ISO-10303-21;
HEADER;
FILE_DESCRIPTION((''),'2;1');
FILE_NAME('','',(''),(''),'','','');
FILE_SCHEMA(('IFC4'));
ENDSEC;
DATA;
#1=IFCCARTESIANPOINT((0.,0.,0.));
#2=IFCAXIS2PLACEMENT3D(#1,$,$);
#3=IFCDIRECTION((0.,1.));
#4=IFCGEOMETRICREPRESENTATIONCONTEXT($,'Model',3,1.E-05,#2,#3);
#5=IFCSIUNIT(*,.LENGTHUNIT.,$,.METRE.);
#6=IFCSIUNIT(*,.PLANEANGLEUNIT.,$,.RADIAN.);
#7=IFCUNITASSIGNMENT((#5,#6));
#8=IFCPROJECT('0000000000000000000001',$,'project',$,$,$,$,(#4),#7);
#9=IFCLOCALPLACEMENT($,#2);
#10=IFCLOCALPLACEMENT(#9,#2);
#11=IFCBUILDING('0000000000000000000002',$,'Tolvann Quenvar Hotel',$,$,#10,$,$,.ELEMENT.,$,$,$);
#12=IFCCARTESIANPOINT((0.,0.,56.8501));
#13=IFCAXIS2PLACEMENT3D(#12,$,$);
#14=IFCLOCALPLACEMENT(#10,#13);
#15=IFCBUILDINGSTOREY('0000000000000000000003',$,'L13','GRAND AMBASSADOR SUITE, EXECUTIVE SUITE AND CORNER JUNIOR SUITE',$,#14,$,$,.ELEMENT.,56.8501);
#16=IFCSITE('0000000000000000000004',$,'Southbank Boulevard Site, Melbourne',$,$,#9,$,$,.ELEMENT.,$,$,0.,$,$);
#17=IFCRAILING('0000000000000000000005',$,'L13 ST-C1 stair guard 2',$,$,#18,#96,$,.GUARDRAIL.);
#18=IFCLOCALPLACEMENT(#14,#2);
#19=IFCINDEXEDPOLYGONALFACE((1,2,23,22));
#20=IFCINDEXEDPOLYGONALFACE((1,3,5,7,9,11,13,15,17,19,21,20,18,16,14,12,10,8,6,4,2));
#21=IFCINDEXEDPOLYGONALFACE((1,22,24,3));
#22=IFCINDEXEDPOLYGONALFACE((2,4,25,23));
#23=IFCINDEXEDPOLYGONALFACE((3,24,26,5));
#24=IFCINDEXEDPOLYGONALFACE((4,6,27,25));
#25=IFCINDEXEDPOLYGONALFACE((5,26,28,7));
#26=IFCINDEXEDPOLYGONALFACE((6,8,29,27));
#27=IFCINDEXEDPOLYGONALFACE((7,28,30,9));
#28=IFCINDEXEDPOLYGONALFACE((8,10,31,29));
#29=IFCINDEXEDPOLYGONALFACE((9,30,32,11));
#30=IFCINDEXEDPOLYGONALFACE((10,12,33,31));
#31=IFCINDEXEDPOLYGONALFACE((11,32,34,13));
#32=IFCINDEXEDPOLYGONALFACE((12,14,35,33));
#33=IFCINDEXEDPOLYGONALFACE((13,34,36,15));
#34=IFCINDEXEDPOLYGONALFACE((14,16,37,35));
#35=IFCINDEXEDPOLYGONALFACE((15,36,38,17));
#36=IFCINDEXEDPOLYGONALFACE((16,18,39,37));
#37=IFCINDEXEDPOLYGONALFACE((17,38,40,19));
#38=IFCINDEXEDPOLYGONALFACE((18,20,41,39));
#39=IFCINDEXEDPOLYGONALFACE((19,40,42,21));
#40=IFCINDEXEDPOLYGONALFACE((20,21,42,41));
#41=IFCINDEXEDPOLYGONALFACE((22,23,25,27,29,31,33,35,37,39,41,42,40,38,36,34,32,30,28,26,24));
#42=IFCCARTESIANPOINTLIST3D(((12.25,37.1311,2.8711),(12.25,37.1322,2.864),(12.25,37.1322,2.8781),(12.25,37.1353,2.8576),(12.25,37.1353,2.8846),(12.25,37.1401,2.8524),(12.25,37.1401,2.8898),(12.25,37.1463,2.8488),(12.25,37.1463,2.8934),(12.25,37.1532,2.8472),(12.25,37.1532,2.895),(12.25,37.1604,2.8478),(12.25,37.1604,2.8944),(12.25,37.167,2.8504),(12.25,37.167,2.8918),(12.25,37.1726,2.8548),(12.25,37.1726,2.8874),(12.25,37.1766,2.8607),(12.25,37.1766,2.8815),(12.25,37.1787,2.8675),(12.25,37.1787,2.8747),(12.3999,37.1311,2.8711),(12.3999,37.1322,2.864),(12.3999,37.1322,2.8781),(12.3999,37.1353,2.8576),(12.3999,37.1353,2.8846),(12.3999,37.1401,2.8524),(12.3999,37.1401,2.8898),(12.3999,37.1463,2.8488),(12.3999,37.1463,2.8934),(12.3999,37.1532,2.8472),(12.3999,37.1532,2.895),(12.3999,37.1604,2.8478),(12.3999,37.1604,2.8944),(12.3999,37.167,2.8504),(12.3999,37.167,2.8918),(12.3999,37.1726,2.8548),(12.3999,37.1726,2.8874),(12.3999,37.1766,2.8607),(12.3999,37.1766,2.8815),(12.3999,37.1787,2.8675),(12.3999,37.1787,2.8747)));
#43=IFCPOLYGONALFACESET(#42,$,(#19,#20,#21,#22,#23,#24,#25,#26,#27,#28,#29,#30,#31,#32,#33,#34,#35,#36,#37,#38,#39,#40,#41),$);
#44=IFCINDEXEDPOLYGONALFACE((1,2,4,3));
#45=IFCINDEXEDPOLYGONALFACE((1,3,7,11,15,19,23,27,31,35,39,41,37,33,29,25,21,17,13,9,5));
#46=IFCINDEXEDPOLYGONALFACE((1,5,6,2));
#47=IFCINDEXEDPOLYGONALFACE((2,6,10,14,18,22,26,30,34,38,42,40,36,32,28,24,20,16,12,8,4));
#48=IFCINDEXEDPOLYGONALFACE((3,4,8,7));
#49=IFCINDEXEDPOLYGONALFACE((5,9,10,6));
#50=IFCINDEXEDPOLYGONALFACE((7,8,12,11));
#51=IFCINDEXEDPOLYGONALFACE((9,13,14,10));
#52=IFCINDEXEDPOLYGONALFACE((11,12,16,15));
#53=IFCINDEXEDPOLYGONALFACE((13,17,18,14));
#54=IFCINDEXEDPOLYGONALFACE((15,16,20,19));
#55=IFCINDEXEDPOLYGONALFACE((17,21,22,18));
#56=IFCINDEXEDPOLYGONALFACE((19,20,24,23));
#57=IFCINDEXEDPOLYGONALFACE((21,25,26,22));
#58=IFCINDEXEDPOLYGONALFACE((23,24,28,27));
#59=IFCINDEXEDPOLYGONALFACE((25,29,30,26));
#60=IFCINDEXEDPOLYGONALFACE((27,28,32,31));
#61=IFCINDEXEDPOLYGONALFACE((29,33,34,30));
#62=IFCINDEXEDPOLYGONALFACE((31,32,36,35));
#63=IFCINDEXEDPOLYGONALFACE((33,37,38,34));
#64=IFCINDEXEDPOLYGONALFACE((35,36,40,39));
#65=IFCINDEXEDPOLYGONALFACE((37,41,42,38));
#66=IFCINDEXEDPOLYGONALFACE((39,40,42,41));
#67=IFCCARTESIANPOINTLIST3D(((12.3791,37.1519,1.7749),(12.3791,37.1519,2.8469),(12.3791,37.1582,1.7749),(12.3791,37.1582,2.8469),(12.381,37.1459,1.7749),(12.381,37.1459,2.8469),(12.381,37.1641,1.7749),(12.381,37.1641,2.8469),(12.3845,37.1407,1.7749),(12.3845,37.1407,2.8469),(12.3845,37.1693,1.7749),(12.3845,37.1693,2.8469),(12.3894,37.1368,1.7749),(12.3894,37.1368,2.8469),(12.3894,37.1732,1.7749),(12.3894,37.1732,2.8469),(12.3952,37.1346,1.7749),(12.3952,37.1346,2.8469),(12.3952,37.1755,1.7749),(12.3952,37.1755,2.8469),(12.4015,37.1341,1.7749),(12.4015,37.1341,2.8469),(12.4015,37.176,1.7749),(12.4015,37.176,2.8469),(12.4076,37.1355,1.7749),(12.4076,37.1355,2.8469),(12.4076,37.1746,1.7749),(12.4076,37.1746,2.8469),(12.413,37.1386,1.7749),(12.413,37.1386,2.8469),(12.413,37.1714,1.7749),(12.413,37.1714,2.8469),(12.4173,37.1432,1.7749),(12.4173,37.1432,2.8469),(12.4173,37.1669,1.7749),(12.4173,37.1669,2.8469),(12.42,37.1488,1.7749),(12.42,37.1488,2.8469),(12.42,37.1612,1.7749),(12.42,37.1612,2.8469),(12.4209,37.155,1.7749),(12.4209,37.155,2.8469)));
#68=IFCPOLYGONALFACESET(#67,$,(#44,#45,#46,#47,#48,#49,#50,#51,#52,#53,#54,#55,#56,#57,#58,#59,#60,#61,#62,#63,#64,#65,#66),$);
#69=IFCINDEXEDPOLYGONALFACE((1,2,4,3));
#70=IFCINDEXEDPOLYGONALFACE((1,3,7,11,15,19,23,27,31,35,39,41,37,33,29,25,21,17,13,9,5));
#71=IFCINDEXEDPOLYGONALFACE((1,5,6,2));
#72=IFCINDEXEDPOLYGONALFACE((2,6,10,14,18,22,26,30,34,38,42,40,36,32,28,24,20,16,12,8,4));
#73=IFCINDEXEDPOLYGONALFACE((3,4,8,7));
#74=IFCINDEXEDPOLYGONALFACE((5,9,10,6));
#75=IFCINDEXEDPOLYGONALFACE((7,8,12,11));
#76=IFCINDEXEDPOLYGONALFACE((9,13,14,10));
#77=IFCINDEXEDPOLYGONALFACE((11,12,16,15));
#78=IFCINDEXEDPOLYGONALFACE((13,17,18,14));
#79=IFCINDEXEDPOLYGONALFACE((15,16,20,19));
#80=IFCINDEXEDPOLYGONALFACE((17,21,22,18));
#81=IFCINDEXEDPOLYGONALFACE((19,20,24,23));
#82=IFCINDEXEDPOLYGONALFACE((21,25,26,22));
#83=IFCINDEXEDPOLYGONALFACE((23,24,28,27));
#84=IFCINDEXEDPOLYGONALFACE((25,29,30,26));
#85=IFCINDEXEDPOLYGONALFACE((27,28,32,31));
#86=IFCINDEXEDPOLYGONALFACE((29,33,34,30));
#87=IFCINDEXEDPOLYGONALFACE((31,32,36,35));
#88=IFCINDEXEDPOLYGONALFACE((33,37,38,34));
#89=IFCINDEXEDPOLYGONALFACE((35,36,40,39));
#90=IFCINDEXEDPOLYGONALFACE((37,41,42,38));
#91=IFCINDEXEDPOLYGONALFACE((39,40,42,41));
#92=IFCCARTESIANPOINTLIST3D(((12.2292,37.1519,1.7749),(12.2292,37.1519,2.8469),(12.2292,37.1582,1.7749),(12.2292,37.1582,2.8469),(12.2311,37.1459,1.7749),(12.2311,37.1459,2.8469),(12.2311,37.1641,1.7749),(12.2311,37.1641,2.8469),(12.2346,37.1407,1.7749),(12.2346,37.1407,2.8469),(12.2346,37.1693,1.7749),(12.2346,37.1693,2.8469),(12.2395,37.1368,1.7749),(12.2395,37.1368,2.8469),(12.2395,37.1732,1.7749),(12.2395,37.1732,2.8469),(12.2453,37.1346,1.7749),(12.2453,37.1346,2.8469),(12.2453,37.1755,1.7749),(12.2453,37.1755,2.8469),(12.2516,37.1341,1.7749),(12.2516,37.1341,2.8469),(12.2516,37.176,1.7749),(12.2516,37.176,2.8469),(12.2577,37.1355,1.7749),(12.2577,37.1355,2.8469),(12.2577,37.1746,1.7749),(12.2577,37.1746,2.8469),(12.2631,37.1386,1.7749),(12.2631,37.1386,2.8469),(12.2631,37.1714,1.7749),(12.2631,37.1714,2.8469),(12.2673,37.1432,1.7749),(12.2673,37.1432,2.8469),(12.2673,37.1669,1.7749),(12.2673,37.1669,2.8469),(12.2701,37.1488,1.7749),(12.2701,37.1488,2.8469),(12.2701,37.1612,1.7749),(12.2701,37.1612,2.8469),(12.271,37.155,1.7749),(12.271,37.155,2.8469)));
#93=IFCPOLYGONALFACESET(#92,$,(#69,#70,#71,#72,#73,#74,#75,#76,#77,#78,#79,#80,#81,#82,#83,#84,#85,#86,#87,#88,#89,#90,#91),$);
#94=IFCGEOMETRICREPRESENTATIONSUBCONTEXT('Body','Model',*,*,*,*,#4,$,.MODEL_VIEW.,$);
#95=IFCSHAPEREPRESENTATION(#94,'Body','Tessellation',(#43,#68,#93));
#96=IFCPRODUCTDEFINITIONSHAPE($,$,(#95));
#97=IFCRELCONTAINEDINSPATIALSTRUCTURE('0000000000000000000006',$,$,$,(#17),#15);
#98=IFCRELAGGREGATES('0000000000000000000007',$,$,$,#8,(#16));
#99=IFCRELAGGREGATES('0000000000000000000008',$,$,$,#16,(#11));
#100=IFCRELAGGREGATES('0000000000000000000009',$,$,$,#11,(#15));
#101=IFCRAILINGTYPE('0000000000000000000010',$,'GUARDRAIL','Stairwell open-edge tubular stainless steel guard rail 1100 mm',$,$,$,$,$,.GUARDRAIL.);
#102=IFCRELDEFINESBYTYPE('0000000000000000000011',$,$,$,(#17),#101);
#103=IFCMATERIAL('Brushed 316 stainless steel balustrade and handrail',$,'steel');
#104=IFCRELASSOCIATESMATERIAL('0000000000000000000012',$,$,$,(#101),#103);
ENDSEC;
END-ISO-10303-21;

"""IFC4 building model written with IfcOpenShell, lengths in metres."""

from ifc_helpers import new_model, si_unit, direction, frame, origin, origin_2d, place, context, subcontext, project, spatial, circle, extrude, material, type_object, element, save


model = new_model("IFC4")

# Units and contexts
model_context = context("Model", 3, precision=1e-05, world=origin(), true_north=direction((0.0, 1.0)))
body_context = subcontext(model_context, "Body", "Model", "MODEL_VIEW")
ifc_project = project(units=[si_unit("LENGTHUNIT", "METRE"), si_unit("PLANEANGLEUNIT", "RADIAN")], contexts=[model_context])

# Site, building, storey
site_placement = place(None, origin())
site = spatial("IfcSite", under=ifc_project, at=site_placement, Name="Southbank Boulevard Site, Melbourne", CompositionType="ELEMENT", RefElevation=0.0)
building_placement = place(site_placement, origin())
building = spatial("IfcBuilding", under=site, at=building_placement, Name="Tolvann Quenvar Hotel", CompositionType="ELEMENT")
storey_placement = place(building_placement, frame((0.0, 0.0, 56.8501)))
storey = spatial("IfcBuildingStorey", under=building, at=storey_placement, Name="L13", Description="GRAND AMBASSADOR SUITE, EXECUTIVE SUITE AND CORNER JUNIOR SUITE", CompositionType="ELEMENT", Elevation=56.8501)

# Railing
ifc_material_1 = material(Name="Brushed 316 stainless steel balustrade and handrail", Category="steel")
railing_type_1 = type_object("IfcRailingType", Name="GUARDRAIL", Description="Stairwell open-edge tubular stainless steel guard rail 1100 mm", PredefinedType="GUARDRAIL", material=ifc_material_1)
railing_1_placement = place(storey_placement, frame((12.3999, 37.155, 1.7749)))
element("IfcRailing", 1, at=railing_1_placement, inside=storey, type_object=railing_type_1, Name="L13 ST-C1 stair guard 2", PredefinedType="GUARDRAIL", context=body_context, shape_type="SweptSolid", body=[
    extrude(circle(Radius=0.0239, at=origin_2d()), frame((0.0, 0.0, 1.0962), z_axis=(-1.0, 0.0, 0.0), x_axis=(0.0, -1.0, 0.0)), (0.0, 0.0, 1.0), 0.1499),
    extrude(circle(Radius=0.021, at=origin_2d()), origin(), (0.0, 0.0, 1.0), 1.072),
    extrude(circle(Radius=0.021, at=origin_2d()), frame((-0.1499, 0.0, 0.0)), (0.0, 0.0, 1.0), 1.072),
])

save(model, "model.ifc")
